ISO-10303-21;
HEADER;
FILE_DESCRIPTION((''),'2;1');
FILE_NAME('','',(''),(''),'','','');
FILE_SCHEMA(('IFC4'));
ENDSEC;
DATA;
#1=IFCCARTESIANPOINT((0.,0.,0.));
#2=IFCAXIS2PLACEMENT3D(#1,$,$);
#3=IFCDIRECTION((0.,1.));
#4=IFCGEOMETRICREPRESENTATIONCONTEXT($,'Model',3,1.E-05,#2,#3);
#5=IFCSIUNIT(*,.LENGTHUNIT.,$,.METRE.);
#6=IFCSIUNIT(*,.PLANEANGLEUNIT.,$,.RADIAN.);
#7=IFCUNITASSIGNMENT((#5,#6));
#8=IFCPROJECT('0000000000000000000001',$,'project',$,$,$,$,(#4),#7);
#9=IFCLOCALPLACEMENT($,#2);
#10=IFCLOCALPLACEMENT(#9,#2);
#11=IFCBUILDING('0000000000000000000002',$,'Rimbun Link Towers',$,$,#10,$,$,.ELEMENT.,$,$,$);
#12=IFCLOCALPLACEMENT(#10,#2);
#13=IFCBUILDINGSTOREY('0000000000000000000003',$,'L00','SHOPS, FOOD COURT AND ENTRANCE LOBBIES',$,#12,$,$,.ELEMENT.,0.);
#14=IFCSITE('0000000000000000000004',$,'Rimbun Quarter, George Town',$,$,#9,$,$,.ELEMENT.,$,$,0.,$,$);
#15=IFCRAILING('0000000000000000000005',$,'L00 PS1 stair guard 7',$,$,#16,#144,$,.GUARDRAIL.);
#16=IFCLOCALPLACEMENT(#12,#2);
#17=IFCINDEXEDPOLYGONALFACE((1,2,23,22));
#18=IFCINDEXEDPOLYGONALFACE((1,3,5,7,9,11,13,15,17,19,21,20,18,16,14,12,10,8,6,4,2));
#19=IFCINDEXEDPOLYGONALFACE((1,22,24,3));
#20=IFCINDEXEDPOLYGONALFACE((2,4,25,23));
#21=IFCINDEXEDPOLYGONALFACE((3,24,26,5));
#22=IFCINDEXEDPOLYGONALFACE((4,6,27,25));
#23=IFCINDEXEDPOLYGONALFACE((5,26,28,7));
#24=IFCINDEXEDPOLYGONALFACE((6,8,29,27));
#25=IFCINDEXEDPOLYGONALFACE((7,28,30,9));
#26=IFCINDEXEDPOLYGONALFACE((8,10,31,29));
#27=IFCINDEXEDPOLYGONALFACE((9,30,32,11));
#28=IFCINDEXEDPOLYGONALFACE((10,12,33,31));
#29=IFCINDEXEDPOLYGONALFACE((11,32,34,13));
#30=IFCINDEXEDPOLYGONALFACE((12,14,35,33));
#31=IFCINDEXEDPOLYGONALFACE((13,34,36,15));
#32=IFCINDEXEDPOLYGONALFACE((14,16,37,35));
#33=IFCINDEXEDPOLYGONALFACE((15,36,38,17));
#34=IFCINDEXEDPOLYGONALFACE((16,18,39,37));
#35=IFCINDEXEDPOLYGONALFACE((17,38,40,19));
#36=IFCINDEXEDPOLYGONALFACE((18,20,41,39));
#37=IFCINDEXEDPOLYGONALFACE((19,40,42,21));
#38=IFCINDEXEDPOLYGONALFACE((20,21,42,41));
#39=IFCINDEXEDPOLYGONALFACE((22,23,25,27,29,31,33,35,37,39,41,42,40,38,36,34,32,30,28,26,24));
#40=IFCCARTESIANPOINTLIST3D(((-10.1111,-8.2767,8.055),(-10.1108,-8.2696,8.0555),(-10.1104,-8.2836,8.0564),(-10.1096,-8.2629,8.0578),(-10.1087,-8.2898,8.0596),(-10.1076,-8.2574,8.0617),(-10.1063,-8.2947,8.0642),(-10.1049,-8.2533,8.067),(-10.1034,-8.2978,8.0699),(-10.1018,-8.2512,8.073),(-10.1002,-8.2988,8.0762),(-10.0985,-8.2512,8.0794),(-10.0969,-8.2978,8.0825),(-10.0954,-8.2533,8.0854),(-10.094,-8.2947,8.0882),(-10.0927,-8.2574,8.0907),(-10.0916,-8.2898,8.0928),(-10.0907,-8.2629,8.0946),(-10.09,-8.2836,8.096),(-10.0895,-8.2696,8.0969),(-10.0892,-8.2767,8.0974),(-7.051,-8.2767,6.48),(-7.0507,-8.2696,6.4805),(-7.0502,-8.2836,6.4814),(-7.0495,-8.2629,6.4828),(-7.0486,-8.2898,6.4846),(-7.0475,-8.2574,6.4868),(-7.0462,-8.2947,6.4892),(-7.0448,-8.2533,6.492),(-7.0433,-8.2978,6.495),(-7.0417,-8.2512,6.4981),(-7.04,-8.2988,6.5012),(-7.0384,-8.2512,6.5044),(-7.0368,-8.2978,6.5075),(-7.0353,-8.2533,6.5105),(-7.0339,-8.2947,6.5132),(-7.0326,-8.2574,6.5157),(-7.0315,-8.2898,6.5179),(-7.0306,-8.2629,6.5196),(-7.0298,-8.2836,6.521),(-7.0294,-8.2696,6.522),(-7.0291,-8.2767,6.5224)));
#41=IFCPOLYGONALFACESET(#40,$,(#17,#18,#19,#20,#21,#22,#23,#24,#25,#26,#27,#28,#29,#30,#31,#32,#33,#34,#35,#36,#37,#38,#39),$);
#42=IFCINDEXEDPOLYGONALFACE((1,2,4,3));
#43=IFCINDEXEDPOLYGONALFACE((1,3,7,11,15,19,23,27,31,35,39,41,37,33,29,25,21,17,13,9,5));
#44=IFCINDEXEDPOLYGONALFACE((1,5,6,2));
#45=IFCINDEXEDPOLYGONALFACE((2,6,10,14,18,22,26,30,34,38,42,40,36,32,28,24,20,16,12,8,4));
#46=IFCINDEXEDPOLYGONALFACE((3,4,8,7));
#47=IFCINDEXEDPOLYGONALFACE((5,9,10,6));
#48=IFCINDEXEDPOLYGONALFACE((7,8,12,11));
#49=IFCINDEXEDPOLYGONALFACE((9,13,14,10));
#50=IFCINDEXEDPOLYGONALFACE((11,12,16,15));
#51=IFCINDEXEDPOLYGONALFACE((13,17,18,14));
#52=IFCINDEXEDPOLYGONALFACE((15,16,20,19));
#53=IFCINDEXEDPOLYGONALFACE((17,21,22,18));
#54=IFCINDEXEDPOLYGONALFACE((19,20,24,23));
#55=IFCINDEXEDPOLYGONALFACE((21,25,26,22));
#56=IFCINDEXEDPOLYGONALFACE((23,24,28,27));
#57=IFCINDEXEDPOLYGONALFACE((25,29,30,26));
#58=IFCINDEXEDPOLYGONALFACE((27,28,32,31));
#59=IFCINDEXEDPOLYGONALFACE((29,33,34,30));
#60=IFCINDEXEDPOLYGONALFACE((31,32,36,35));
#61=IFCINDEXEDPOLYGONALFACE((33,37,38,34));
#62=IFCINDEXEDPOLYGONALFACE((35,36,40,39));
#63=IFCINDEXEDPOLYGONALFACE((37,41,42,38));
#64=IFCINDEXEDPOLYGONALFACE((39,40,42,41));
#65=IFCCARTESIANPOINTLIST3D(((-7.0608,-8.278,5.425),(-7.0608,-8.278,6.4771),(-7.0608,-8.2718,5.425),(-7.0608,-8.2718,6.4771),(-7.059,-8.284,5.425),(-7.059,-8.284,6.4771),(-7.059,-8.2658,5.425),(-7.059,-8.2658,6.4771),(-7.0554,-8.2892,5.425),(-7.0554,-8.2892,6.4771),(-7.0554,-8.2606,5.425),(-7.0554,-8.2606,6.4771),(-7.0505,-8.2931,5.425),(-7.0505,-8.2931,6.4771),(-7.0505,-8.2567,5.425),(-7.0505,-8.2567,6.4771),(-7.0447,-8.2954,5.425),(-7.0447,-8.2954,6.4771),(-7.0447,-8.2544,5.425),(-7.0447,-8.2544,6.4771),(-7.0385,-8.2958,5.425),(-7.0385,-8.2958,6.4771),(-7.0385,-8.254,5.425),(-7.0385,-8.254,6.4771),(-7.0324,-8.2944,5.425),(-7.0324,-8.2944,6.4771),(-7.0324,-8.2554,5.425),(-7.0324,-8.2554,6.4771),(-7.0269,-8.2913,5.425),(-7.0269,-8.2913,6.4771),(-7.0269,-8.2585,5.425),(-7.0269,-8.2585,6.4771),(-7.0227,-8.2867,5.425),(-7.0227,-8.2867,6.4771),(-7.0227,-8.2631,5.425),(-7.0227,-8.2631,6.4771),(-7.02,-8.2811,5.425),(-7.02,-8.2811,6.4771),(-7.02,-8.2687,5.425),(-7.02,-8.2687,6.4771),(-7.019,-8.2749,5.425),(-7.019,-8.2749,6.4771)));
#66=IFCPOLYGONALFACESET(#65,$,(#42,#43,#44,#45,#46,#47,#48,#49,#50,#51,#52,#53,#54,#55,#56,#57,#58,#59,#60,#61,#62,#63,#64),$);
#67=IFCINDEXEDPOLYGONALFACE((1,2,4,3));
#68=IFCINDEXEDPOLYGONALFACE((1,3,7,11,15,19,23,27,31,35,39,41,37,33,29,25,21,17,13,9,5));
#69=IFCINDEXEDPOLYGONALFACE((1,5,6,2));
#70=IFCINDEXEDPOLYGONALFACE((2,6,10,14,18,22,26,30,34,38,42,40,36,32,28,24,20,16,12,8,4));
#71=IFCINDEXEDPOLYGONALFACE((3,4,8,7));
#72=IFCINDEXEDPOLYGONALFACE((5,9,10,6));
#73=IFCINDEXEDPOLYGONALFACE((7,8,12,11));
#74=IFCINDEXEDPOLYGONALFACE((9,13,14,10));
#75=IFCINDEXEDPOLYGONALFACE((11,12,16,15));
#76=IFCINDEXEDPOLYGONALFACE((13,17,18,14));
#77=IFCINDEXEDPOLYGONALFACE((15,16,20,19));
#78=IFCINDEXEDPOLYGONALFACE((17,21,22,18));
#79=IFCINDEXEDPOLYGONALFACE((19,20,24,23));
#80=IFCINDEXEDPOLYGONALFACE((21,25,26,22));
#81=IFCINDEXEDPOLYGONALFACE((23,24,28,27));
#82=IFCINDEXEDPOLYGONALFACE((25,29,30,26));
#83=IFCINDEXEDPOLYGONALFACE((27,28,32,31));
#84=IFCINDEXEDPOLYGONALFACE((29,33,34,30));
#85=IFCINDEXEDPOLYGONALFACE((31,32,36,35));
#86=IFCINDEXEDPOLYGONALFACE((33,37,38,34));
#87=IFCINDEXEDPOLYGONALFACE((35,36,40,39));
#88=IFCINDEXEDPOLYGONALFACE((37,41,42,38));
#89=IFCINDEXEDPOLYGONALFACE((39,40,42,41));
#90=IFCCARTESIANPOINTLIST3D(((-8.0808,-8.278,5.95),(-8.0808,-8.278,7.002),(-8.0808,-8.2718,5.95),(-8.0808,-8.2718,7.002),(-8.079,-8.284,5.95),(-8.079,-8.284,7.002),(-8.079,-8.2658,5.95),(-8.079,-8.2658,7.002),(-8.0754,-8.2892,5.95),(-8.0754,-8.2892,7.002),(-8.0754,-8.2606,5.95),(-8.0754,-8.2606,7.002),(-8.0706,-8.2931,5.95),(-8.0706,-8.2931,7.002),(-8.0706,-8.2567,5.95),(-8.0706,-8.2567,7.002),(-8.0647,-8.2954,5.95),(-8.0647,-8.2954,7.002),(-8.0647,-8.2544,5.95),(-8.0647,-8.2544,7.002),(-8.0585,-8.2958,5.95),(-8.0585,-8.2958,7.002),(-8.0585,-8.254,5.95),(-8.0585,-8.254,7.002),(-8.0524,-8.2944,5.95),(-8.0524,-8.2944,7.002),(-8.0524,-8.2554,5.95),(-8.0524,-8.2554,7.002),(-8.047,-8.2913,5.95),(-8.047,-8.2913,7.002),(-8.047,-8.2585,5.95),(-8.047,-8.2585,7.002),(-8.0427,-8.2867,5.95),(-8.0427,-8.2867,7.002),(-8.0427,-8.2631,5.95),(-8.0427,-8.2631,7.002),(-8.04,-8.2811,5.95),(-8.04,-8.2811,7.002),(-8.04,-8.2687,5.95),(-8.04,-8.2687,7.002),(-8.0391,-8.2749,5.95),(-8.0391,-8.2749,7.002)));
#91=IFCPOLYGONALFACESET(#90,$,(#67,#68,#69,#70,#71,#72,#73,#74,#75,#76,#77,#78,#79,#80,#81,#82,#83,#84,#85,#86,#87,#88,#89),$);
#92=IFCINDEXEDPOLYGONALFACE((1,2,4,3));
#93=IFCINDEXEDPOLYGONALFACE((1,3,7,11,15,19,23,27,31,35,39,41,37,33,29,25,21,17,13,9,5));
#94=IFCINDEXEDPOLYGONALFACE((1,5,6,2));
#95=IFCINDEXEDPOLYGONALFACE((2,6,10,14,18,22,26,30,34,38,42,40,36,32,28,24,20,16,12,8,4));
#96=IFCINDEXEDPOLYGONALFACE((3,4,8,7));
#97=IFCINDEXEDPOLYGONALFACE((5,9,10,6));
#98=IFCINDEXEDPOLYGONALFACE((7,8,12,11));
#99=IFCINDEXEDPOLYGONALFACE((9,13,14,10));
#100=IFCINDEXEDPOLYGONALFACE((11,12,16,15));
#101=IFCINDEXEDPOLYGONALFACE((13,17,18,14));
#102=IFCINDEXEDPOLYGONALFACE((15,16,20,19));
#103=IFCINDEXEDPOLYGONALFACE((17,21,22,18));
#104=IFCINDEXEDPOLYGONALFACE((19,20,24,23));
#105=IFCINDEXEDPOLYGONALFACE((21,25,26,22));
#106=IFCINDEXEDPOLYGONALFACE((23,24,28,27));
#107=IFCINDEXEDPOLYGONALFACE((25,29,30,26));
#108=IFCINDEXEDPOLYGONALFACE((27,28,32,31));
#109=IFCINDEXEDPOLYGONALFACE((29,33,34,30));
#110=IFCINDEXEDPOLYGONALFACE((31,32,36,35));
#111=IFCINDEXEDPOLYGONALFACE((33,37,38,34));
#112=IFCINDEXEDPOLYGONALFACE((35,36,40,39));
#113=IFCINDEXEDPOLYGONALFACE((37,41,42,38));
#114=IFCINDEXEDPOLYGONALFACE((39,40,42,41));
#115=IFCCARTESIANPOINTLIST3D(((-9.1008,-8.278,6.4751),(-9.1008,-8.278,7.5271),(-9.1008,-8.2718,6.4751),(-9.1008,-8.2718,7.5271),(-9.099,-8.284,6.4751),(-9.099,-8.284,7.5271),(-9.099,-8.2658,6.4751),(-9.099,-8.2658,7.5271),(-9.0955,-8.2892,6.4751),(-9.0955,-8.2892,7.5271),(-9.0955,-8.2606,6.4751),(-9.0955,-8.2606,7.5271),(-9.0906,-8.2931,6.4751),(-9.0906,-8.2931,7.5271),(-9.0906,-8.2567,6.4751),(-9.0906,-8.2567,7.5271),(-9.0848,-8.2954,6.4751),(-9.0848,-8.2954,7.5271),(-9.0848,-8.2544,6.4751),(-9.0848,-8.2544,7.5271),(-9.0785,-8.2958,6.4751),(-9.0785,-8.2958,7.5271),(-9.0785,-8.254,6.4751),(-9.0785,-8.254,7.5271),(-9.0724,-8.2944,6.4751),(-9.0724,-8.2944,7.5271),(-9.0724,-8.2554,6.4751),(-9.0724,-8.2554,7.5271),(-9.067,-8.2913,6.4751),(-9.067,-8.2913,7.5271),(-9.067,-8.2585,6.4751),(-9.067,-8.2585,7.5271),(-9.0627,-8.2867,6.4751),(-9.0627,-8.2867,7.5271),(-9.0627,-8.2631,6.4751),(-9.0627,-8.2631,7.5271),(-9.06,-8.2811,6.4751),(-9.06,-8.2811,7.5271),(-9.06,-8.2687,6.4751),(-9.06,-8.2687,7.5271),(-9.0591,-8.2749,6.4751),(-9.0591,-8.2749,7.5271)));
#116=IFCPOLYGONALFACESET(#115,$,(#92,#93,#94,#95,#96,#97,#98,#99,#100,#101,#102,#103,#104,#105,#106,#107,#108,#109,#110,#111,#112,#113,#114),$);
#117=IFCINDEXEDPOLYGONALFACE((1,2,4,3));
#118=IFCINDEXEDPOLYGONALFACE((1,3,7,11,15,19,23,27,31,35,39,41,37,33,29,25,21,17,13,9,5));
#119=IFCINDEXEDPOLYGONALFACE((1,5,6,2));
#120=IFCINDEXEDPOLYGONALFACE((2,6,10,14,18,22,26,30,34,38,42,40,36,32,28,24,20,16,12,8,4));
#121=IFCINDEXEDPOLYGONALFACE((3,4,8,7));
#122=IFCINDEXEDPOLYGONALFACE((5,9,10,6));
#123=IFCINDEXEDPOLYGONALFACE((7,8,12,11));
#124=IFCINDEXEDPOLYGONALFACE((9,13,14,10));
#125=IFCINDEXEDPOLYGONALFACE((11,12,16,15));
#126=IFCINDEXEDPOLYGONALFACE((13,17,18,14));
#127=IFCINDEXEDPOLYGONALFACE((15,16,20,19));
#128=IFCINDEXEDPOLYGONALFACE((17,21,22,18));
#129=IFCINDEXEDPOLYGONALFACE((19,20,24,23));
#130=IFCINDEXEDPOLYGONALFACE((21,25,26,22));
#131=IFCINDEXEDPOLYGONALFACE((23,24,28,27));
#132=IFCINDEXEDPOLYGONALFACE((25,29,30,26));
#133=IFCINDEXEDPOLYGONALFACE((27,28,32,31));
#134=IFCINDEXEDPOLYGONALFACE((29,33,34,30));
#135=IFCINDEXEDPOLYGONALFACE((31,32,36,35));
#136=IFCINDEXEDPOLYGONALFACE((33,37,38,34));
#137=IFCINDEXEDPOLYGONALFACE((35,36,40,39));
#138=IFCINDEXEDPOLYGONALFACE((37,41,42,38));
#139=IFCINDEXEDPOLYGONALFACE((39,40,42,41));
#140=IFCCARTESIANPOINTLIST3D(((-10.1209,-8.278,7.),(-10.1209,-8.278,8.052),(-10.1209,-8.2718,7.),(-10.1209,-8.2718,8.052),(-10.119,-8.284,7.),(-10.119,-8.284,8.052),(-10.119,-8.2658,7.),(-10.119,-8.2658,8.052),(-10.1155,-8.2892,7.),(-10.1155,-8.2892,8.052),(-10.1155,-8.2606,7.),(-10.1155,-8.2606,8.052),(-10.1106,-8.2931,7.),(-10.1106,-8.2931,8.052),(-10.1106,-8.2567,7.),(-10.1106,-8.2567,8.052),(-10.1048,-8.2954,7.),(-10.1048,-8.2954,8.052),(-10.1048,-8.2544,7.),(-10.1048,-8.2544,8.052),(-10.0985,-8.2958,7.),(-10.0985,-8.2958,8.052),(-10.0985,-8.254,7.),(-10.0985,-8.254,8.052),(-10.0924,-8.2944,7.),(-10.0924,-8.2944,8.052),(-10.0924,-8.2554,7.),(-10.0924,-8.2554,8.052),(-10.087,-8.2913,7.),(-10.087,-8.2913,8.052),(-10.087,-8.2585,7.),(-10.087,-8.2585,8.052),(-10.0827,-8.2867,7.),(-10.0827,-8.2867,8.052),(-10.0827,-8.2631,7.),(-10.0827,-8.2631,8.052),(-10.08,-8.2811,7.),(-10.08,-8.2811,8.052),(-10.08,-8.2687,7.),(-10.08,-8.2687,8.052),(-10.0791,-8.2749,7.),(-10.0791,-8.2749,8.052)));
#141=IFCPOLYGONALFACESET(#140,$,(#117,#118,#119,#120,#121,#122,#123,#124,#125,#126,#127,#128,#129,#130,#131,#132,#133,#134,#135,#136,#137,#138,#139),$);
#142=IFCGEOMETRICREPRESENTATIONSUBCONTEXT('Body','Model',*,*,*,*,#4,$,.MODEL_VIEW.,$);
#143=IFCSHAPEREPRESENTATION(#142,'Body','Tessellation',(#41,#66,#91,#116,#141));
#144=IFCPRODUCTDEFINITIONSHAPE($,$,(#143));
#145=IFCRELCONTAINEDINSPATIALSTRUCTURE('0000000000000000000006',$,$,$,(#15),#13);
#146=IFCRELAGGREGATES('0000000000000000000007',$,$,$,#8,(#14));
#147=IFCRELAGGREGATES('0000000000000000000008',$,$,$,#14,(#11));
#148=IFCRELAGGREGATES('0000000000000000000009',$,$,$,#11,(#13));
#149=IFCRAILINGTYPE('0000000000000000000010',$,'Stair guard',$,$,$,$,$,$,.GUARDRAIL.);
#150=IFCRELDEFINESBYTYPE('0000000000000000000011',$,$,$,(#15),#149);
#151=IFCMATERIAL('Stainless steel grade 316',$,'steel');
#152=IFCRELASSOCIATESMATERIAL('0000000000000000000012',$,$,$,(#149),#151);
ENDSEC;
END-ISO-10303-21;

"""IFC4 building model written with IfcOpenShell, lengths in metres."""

from ifc_helpers import new_model, si_unit, direction, frame, origin, origin_2d, place, context, subcontext, project, spatial, circle, extrude, material, type_object, element, save


model = new_model("IFC4")

# Units and contexts
model_context = context("Model", 3, precision=1e-05, world=origin(), true_north=direction((0.0, 1.0)))
body_context = subcontext(model_context, "Body", "Model", "MODEL_VIEW")
ifc_project = project(units=[si_unit("LENGTHUNIT", "METRE"), si_unit("PLANEANGLEUNIT", "RADIAN")], contexts=[model_context])

# Site, building, storey
site_placement = place(None, origin())
site = spatial("IfcSite", under=ifc_project, at=site_placement, Name="Rimbun Quarter, George Town", CompositionType="ELEMENT", RefElevation=0.0)
building_placement = place(site_placement, origin())
building = spatial("IfcBuilding", under=site, at=building_placement, Name="Rimbun Link Towers", CompositionType="ELEMENT")
storey_placement = place(building_placement, origin())
storey = spatial("IfcBuildingStorey", under=building, at=storey_placement, Name="L00", Description="SHOPS, FOOD COURT AND ENTRANCE LOBBIES", CompositionType="ELEMENT", Elevation=0.0)

# Railing
ifc_material_1 = material(Name="Stainless steel grade 316", Category="steel")
railing_type_1 = type_object("IfcRailingType", Name="Stair guard", PredefinedType="GUARDRAIL", material=ifc_material_1)
railing_1_placement = place(storey_placement, frame((-7.04, -8.2749, 5.425)))
element("IfcRailing", 1, at=railing_1_placement, inside=storey, type_object=railing_type_1, Name="L00 PS1 stair guard 7", PredefinedType="GUARDRAIL", context=body_context, shape_type="SweptSolid", body=[
    extrude(circle(Radius=0.0239, at=origin_2d()), frame((0.0, 0.0, 1.0762), z_axis=(-0.889145, 0.0, 0.457625), x_axis=(0.0, -1.0, 0.0)), (0.0, 0.0, 1.0), 3.4417),
    extrude(circle(Radius=0.021, at=origin_2d()), origin(), (0.0, 0.0, 1.0), 1.052),
    extrude(circle(Radius=0.021, at=origin_2d()), frame((-1.02, 0.0, 0.5249)), (0.0, 0.0, 1.0), 1.052),
    extrude(circle(Radius=0.021, at=origin_2d()), frame((-2.04, 0.0, 1.05)), (0.0, 0.0, 1.0), 1.052),
    extrude(circle(Radius=0.021, at=origin_2d()), frame((-3.0601, 0.0, 1.575)), (0.0, 0.0, 1.0), 1.052),
])

save(model, "model.ifc")
